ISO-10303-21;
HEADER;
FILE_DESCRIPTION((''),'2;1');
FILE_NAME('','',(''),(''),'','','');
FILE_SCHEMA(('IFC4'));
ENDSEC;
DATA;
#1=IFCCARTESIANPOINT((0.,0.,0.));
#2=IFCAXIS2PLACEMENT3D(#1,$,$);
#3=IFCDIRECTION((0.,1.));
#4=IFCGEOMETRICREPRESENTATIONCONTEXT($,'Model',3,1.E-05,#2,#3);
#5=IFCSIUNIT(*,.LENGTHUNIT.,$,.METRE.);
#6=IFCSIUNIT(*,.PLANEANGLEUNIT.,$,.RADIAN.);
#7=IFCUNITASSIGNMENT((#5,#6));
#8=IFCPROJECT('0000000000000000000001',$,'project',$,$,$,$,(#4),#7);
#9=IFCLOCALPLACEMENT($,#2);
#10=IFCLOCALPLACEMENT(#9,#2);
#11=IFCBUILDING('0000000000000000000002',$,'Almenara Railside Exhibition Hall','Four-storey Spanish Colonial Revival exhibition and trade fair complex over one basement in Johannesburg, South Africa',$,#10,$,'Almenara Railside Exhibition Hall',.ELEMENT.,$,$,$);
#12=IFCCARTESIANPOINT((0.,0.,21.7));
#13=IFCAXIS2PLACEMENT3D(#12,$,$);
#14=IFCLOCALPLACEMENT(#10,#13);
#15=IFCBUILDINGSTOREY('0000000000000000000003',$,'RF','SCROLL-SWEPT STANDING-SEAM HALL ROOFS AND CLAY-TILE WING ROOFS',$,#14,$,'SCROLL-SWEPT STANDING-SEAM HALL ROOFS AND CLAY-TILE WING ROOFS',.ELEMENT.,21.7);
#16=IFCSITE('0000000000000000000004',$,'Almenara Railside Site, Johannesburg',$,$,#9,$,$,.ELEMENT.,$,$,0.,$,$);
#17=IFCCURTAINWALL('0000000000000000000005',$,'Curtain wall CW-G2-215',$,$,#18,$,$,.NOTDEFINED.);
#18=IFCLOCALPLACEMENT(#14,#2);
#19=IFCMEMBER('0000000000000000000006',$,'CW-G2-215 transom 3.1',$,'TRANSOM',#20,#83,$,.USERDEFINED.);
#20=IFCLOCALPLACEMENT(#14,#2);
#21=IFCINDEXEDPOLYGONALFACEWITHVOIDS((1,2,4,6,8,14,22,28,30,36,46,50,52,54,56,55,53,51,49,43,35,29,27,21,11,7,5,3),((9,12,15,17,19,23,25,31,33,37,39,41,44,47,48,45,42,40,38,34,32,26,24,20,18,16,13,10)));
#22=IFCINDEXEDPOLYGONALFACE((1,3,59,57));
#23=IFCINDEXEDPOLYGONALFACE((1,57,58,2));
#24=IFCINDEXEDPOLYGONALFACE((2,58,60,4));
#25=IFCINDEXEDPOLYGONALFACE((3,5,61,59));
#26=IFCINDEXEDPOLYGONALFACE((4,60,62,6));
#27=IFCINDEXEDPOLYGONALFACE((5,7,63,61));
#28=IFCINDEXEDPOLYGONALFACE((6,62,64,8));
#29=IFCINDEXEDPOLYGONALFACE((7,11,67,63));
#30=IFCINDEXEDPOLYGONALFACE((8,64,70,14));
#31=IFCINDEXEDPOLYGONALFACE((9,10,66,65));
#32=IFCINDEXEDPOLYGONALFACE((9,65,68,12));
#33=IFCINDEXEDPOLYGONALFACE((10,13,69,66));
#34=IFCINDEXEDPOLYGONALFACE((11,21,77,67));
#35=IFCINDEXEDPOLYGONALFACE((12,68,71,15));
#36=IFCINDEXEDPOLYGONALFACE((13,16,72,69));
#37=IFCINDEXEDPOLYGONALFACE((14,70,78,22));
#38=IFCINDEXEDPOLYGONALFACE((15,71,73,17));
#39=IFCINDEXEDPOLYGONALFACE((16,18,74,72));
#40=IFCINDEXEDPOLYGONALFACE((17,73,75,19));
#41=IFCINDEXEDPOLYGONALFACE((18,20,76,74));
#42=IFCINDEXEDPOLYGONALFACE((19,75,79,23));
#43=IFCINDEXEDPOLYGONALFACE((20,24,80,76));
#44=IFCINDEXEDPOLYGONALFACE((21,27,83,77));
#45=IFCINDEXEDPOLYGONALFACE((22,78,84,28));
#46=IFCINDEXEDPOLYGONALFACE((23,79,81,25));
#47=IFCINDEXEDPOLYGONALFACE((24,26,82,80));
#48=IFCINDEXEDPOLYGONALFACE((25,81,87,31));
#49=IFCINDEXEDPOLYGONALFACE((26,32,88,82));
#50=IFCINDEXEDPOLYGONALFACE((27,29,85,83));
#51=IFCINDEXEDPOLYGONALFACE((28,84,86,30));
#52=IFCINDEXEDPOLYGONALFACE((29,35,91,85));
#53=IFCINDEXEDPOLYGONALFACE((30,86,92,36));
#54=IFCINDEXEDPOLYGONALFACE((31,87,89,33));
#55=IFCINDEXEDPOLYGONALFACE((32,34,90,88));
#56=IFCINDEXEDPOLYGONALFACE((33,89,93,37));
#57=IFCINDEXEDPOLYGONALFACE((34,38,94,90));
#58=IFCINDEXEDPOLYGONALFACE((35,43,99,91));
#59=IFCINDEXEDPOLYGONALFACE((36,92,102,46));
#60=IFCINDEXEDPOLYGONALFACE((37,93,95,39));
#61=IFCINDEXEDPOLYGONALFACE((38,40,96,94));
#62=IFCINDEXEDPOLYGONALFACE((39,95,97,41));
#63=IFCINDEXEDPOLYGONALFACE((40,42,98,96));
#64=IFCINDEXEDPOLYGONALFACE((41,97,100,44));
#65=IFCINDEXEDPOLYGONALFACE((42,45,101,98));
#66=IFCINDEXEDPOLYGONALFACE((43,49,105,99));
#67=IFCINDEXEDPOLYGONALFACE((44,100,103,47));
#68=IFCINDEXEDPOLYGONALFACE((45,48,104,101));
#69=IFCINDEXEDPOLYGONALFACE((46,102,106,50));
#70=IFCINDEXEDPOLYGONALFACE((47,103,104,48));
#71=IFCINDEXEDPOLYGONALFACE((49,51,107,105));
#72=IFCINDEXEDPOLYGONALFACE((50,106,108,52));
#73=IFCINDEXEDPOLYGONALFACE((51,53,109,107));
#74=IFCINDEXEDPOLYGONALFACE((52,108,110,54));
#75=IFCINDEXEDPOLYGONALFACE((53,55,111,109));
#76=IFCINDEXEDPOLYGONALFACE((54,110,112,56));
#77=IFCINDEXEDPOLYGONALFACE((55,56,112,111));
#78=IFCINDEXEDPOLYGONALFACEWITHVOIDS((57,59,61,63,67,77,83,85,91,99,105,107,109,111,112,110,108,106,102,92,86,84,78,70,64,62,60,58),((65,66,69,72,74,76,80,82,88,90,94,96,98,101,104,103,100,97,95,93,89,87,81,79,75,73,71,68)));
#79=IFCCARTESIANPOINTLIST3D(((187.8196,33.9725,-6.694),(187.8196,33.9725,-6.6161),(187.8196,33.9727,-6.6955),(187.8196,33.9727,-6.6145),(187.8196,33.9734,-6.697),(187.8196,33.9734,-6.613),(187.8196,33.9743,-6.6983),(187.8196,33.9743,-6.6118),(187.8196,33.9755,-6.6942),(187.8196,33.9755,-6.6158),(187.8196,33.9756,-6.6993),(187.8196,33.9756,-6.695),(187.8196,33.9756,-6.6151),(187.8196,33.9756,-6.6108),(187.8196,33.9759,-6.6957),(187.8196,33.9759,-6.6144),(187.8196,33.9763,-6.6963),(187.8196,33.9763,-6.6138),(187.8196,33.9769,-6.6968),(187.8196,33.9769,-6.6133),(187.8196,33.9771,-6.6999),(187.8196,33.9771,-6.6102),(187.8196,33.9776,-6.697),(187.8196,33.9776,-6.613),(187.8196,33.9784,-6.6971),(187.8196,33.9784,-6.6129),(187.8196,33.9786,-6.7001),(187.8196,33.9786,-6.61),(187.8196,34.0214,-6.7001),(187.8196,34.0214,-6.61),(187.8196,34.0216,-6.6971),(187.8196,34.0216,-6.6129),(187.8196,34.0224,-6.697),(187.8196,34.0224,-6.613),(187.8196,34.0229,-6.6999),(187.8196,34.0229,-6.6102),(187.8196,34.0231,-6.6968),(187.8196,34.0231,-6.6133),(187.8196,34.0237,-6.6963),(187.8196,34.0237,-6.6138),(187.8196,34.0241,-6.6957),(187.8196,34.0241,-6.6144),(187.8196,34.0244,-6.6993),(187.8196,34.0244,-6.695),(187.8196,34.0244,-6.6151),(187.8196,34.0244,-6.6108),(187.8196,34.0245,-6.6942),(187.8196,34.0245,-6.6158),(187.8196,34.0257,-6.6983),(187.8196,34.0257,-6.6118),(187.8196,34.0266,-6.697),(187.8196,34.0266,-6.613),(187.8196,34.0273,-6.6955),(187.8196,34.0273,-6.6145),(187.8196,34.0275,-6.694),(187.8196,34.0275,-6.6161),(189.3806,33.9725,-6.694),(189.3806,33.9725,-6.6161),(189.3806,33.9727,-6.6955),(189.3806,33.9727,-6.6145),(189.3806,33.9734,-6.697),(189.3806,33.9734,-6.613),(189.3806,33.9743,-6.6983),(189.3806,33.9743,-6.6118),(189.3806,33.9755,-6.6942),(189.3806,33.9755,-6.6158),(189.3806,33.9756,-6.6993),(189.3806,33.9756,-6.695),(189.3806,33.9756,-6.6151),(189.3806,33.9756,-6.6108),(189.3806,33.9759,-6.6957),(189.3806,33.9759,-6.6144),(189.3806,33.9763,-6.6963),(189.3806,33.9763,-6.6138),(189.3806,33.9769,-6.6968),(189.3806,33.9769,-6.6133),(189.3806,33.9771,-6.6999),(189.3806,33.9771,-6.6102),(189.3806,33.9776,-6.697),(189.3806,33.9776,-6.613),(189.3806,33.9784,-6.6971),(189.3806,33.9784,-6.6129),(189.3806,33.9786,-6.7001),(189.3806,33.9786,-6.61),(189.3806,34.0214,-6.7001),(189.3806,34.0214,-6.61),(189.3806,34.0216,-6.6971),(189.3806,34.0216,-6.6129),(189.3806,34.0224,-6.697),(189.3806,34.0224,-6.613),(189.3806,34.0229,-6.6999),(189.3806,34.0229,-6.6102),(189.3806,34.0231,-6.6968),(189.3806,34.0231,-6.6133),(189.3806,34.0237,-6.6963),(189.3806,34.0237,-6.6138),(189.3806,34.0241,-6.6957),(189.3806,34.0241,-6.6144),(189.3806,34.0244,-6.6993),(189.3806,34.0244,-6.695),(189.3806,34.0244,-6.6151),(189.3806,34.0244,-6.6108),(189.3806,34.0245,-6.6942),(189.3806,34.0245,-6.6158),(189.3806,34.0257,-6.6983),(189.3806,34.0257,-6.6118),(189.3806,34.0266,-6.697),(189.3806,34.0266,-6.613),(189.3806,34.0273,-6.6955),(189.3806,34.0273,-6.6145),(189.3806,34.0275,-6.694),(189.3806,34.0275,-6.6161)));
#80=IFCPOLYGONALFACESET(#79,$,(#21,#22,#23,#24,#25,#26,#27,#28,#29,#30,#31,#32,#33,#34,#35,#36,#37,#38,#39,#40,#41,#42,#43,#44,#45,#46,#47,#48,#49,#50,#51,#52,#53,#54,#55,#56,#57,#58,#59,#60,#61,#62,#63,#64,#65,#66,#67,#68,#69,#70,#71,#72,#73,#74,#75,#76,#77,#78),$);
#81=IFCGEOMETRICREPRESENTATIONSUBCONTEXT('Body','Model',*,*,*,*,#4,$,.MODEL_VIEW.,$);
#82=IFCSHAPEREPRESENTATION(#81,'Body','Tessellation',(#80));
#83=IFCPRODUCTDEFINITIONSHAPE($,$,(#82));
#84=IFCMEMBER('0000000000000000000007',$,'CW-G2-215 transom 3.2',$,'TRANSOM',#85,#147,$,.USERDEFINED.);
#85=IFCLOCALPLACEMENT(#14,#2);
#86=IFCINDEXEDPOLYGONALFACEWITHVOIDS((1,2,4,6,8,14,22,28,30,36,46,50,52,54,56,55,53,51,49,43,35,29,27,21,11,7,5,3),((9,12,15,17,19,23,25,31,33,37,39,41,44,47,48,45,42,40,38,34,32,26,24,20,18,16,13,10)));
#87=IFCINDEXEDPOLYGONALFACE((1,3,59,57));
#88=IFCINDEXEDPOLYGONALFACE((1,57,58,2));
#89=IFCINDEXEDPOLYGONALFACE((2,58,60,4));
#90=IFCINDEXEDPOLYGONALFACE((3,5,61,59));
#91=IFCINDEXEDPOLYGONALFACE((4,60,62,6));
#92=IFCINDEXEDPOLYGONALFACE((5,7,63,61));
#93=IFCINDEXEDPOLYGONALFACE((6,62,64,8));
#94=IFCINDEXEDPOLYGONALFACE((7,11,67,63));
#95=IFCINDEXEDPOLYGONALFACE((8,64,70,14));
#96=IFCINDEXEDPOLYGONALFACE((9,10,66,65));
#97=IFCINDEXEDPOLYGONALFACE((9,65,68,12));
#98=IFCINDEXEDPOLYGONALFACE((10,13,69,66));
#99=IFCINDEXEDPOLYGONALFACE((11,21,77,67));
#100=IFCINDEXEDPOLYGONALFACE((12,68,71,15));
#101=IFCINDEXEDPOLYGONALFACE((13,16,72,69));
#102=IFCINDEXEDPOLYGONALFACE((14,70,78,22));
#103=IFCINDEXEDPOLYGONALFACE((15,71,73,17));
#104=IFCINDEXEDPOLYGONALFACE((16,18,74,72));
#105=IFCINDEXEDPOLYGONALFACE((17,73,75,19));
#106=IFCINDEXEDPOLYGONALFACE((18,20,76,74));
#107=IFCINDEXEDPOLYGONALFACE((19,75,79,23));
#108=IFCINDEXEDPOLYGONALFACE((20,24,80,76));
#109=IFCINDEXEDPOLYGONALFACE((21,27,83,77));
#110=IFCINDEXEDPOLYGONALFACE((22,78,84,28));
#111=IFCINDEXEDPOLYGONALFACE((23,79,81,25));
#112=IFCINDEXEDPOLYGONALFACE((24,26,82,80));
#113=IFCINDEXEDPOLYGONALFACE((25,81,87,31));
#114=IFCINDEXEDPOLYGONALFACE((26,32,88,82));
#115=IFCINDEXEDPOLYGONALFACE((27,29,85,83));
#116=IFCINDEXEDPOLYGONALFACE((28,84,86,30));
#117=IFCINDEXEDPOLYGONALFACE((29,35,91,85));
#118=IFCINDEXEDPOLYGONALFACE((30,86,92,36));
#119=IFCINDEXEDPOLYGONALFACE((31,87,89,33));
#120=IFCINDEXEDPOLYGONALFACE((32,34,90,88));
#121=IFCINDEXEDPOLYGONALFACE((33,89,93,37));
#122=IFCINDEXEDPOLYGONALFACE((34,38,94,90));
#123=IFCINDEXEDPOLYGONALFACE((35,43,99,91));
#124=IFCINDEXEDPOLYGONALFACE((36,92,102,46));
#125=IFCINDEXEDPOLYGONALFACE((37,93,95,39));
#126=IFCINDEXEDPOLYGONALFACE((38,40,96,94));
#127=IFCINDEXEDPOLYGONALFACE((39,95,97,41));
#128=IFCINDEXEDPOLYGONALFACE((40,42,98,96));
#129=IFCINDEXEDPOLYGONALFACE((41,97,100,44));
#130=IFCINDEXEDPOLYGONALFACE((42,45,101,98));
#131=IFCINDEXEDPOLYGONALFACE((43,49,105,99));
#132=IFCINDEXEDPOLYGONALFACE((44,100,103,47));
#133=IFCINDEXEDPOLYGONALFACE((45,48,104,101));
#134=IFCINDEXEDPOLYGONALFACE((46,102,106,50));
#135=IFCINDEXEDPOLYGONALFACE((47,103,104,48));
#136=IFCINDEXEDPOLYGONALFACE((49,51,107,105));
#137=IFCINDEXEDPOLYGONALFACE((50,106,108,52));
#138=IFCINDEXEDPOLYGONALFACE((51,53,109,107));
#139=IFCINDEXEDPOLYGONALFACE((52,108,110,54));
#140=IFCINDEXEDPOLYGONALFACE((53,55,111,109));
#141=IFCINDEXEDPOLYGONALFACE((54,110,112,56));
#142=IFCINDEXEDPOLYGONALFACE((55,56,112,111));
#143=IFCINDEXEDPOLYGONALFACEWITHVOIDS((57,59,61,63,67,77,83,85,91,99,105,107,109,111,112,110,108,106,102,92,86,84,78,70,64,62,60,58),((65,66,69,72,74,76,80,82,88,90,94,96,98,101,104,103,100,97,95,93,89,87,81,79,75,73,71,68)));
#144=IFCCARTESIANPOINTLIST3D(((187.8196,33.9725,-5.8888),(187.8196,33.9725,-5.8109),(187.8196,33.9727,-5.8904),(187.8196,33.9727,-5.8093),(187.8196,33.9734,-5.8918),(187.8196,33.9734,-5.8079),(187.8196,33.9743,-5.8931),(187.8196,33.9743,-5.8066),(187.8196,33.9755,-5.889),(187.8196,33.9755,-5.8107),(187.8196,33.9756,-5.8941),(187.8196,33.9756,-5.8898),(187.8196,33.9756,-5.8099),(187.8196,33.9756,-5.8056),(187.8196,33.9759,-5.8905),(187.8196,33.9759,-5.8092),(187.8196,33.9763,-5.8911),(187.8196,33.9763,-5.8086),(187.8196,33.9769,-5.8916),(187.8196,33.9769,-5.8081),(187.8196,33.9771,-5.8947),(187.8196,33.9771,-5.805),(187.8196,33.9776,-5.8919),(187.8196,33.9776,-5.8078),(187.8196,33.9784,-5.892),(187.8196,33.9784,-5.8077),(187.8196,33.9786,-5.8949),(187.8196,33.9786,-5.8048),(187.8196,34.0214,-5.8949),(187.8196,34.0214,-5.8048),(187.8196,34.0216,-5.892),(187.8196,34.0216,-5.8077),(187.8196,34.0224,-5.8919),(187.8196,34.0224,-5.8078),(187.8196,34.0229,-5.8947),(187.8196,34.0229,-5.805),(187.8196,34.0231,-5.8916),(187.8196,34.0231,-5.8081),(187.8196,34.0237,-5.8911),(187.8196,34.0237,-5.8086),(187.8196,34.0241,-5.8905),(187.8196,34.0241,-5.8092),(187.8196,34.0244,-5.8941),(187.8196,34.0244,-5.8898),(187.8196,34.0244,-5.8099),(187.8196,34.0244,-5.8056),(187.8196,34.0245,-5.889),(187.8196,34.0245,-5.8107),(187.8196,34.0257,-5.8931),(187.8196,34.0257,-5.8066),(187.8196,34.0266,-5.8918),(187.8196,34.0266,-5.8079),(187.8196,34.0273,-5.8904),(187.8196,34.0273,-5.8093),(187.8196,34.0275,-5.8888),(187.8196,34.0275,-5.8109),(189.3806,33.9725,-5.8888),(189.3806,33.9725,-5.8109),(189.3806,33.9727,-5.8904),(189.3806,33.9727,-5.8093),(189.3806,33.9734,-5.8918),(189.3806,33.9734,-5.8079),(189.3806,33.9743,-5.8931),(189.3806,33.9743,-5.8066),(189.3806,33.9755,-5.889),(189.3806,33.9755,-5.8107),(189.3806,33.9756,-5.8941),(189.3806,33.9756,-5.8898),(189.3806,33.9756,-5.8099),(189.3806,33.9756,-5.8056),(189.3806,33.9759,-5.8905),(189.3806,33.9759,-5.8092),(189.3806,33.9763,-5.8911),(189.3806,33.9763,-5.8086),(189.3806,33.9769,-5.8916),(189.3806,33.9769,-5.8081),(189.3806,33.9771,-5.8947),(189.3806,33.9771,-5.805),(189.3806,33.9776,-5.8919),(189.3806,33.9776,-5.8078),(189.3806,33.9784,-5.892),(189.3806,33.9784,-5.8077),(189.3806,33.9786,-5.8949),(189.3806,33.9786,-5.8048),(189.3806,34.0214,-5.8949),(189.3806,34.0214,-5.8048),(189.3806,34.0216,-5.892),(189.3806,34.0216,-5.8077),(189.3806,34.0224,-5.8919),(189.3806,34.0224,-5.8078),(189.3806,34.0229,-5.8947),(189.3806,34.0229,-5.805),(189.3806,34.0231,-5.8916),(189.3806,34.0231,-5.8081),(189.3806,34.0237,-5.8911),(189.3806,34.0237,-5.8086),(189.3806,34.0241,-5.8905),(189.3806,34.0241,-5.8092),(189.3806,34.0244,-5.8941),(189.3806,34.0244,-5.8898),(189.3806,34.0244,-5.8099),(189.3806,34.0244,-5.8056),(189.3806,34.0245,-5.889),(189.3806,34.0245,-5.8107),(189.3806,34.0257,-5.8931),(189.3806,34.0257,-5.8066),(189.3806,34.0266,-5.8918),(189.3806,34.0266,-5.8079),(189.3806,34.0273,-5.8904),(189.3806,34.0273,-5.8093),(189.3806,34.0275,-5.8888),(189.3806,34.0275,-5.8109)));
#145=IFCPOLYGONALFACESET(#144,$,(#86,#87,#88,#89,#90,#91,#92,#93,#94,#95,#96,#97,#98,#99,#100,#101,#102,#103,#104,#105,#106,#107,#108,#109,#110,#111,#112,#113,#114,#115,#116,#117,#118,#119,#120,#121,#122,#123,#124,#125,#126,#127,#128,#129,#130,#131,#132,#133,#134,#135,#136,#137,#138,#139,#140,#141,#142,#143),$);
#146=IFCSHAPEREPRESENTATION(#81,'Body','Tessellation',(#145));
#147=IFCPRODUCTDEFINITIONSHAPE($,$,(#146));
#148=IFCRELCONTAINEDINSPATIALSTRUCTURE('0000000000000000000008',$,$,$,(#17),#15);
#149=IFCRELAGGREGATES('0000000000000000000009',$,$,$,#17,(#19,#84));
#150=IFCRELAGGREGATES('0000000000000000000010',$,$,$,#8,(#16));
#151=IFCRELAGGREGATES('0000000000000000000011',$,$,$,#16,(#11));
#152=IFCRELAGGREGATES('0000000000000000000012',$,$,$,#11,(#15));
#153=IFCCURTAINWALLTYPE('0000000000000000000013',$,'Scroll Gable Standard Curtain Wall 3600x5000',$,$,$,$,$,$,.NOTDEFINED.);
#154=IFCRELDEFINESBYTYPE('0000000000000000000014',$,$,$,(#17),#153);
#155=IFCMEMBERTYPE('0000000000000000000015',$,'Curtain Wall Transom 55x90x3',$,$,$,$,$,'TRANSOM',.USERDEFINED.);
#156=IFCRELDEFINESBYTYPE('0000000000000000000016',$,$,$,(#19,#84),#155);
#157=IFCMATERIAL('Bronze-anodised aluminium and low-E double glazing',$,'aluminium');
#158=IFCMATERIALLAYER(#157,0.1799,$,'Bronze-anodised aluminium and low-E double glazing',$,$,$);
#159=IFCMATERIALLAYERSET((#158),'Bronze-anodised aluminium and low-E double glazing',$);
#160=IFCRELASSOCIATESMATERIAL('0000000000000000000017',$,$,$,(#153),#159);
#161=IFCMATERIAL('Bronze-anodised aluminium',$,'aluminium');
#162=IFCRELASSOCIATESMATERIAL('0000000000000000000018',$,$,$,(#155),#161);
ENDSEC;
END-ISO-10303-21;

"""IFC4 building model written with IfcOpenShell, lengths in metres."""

from ifc_helpers import new_model, si_unit, direction, frame, origin, origin_2d, place, context, subcontext, project, spatial, hollow_rectangle, extrude, material, layer, layer_set, material_profile, profile_set, type_object, element, aggregate, save


model = new_model("IFC4")

# Units and contexts
model_context = context("Model", 3, precision=1e-05, world=origin(), true_north=direction((0.0, 1.0)))
body_context = subcontext(model_context, "Body", "Model", "MODEL_VIEW")
ifc_project = project(units=[si_unit("LENGTHUNIT", "METRE"), si_unit("PLANEANGLEUNIT", "RADIAN")], contexts=[model_context])

# Site, building, storey
site_placement = place(None, origin())
site = spatial("IfcSite", under=ifc_project, at=site_placement, Name="Almenara Railside Site, Johannesburg", CompositionType="ELEMENT", RefElevation=0.0)
building_placement = place(site_placement, origin())
building = spatial("IfcBuilding", under=site, at=building_placement, Name="Almenara Railside Exhibition Hall", Description="Four-storey Spanish Colonial Revival exhibition and trade fair complex over one basement in Johannesburg, South Africa", LongName="Almenara Railside Exhibition Hall", CompositionType="ELEMENT")
storey_placement = place(building_placement, frame((0.0, 0.0, 21.7)))
storey = spatial("IfcBuildingStorey", under=building, at=storey_placement, Name="RF", Description="SCROLL-SWEPT STANDING-SEAM HALL ROOFS AND CLAY-TILE WING ROOFS", LongName="SCROLL-SWEPT STANDING-SEAM HALL ROOFS AND CLAY-TILE WING ROOFS", CompositionType="ELEMENT", Elevation=21.7)

# Curtain wall, members
ifc_material_1 = material(Name="Bronze-anodised aluminium and low-E double glazing", Category="aluminium")
ifc_layer_1 = layer(ifc_material_1, 0.1799, Name="Bronze-anodised aluminium and low-E double glazing")
ifc_layer_set_1 = layer_set([ifc_layer_1], Name="Bronze-anodised aluminium and low-E double glazing")
curtain_wall_type = type_object("IfcCurtainWallType", Name="Scroll Gable Standard Curtain Wall 3600x5000", PredefinedType="NOTDEFINED", material=ifc_layer_set_1)
curtain_wall_placement = place(storey_placement, origin())
curtain_wall = element("IfcCurtainWall", 1, at=curtain_wall_placement, inside=storey, type_object=curtain_wall_type, Name="Curtain wall CW-G2-215", PredefinedType="NOTDEFINED")
ifc_material_2 = material(Name="Bronze-anodised aluminium", Category="aluminium")
ifc_material_profile_1 = material_profile(ifc_material_2, hollow_rectangle(XDim=0.0549, YDim=0.0901, WallThickness=0.0029, InnerFilletRadius=0.0029, OuterFilletRadius=0.0061, at=origin_2d()), Name="ALU-TRN 55x90x3")
ifc_profile_set_1 = profile_set([ifc_material_profile_1], Name="Bronze-anodised aluminium")
member_type_1 = type_object("IfcMemberType", Name="Curtain Wall Transom 55x90x3", ElementType="TRANSOM", PredefinedType="USERDEFINED", material=ifc_profile_set_1)
member_1_placement = place(storey_placement, frame((187.8196, 34.0, -6.655), z_axis=(1.0, 0.0, 0.0), x_axis=(0.0, 1.0, 0.0)))
member_1 = element("IfcMember", 2, at=member_1_placement, type_object=member_type_1, Name="CW-G2-215 transom 3.1", ObjectType="TRANSOM", PredefinedType="USERDEFINED", context=body_context, shape_type="SweptSolid", body=[
    extrude(hollow_rectangle(XDim=0.0549, YDim=0.0901, WallThickness=0.0029, InnerFilletRadius=0.0029, OuterFilletRadius=0.0061, at=origin_2d()), origin(), (0.0, 0.0, 1.0), 1.561),
])
member_2_placement = place(storey_placement, frame((187.8196, 34.0, -5.8499), z_axis=(1.0, 0.0, 0.0), x_axis=(0.0, 1.0, 0.0)))
member_2 = element("IfcMember", 3, at=member_2_placement, type_object=member_type_1, Name="CW-G2-215 transom 3.2", ObjectType="TRANSOM", PredefinedType="USERDEFINED", context=body_context, shape_type="SweptSolid", body=[
    extrude(hollow_rectangle(XDim=0.0549, YDim=0.0901, WallThickness=0.0029, InnerFilletRadius=0.0029, OuterFilletRadius=0.0061, at=origin_2d()), origin(), (0.0, 0.0, 1.0), 1.561),
])

aggregate(curtain_wall, [member_1, member_2])

save(model, "model.ifc")
